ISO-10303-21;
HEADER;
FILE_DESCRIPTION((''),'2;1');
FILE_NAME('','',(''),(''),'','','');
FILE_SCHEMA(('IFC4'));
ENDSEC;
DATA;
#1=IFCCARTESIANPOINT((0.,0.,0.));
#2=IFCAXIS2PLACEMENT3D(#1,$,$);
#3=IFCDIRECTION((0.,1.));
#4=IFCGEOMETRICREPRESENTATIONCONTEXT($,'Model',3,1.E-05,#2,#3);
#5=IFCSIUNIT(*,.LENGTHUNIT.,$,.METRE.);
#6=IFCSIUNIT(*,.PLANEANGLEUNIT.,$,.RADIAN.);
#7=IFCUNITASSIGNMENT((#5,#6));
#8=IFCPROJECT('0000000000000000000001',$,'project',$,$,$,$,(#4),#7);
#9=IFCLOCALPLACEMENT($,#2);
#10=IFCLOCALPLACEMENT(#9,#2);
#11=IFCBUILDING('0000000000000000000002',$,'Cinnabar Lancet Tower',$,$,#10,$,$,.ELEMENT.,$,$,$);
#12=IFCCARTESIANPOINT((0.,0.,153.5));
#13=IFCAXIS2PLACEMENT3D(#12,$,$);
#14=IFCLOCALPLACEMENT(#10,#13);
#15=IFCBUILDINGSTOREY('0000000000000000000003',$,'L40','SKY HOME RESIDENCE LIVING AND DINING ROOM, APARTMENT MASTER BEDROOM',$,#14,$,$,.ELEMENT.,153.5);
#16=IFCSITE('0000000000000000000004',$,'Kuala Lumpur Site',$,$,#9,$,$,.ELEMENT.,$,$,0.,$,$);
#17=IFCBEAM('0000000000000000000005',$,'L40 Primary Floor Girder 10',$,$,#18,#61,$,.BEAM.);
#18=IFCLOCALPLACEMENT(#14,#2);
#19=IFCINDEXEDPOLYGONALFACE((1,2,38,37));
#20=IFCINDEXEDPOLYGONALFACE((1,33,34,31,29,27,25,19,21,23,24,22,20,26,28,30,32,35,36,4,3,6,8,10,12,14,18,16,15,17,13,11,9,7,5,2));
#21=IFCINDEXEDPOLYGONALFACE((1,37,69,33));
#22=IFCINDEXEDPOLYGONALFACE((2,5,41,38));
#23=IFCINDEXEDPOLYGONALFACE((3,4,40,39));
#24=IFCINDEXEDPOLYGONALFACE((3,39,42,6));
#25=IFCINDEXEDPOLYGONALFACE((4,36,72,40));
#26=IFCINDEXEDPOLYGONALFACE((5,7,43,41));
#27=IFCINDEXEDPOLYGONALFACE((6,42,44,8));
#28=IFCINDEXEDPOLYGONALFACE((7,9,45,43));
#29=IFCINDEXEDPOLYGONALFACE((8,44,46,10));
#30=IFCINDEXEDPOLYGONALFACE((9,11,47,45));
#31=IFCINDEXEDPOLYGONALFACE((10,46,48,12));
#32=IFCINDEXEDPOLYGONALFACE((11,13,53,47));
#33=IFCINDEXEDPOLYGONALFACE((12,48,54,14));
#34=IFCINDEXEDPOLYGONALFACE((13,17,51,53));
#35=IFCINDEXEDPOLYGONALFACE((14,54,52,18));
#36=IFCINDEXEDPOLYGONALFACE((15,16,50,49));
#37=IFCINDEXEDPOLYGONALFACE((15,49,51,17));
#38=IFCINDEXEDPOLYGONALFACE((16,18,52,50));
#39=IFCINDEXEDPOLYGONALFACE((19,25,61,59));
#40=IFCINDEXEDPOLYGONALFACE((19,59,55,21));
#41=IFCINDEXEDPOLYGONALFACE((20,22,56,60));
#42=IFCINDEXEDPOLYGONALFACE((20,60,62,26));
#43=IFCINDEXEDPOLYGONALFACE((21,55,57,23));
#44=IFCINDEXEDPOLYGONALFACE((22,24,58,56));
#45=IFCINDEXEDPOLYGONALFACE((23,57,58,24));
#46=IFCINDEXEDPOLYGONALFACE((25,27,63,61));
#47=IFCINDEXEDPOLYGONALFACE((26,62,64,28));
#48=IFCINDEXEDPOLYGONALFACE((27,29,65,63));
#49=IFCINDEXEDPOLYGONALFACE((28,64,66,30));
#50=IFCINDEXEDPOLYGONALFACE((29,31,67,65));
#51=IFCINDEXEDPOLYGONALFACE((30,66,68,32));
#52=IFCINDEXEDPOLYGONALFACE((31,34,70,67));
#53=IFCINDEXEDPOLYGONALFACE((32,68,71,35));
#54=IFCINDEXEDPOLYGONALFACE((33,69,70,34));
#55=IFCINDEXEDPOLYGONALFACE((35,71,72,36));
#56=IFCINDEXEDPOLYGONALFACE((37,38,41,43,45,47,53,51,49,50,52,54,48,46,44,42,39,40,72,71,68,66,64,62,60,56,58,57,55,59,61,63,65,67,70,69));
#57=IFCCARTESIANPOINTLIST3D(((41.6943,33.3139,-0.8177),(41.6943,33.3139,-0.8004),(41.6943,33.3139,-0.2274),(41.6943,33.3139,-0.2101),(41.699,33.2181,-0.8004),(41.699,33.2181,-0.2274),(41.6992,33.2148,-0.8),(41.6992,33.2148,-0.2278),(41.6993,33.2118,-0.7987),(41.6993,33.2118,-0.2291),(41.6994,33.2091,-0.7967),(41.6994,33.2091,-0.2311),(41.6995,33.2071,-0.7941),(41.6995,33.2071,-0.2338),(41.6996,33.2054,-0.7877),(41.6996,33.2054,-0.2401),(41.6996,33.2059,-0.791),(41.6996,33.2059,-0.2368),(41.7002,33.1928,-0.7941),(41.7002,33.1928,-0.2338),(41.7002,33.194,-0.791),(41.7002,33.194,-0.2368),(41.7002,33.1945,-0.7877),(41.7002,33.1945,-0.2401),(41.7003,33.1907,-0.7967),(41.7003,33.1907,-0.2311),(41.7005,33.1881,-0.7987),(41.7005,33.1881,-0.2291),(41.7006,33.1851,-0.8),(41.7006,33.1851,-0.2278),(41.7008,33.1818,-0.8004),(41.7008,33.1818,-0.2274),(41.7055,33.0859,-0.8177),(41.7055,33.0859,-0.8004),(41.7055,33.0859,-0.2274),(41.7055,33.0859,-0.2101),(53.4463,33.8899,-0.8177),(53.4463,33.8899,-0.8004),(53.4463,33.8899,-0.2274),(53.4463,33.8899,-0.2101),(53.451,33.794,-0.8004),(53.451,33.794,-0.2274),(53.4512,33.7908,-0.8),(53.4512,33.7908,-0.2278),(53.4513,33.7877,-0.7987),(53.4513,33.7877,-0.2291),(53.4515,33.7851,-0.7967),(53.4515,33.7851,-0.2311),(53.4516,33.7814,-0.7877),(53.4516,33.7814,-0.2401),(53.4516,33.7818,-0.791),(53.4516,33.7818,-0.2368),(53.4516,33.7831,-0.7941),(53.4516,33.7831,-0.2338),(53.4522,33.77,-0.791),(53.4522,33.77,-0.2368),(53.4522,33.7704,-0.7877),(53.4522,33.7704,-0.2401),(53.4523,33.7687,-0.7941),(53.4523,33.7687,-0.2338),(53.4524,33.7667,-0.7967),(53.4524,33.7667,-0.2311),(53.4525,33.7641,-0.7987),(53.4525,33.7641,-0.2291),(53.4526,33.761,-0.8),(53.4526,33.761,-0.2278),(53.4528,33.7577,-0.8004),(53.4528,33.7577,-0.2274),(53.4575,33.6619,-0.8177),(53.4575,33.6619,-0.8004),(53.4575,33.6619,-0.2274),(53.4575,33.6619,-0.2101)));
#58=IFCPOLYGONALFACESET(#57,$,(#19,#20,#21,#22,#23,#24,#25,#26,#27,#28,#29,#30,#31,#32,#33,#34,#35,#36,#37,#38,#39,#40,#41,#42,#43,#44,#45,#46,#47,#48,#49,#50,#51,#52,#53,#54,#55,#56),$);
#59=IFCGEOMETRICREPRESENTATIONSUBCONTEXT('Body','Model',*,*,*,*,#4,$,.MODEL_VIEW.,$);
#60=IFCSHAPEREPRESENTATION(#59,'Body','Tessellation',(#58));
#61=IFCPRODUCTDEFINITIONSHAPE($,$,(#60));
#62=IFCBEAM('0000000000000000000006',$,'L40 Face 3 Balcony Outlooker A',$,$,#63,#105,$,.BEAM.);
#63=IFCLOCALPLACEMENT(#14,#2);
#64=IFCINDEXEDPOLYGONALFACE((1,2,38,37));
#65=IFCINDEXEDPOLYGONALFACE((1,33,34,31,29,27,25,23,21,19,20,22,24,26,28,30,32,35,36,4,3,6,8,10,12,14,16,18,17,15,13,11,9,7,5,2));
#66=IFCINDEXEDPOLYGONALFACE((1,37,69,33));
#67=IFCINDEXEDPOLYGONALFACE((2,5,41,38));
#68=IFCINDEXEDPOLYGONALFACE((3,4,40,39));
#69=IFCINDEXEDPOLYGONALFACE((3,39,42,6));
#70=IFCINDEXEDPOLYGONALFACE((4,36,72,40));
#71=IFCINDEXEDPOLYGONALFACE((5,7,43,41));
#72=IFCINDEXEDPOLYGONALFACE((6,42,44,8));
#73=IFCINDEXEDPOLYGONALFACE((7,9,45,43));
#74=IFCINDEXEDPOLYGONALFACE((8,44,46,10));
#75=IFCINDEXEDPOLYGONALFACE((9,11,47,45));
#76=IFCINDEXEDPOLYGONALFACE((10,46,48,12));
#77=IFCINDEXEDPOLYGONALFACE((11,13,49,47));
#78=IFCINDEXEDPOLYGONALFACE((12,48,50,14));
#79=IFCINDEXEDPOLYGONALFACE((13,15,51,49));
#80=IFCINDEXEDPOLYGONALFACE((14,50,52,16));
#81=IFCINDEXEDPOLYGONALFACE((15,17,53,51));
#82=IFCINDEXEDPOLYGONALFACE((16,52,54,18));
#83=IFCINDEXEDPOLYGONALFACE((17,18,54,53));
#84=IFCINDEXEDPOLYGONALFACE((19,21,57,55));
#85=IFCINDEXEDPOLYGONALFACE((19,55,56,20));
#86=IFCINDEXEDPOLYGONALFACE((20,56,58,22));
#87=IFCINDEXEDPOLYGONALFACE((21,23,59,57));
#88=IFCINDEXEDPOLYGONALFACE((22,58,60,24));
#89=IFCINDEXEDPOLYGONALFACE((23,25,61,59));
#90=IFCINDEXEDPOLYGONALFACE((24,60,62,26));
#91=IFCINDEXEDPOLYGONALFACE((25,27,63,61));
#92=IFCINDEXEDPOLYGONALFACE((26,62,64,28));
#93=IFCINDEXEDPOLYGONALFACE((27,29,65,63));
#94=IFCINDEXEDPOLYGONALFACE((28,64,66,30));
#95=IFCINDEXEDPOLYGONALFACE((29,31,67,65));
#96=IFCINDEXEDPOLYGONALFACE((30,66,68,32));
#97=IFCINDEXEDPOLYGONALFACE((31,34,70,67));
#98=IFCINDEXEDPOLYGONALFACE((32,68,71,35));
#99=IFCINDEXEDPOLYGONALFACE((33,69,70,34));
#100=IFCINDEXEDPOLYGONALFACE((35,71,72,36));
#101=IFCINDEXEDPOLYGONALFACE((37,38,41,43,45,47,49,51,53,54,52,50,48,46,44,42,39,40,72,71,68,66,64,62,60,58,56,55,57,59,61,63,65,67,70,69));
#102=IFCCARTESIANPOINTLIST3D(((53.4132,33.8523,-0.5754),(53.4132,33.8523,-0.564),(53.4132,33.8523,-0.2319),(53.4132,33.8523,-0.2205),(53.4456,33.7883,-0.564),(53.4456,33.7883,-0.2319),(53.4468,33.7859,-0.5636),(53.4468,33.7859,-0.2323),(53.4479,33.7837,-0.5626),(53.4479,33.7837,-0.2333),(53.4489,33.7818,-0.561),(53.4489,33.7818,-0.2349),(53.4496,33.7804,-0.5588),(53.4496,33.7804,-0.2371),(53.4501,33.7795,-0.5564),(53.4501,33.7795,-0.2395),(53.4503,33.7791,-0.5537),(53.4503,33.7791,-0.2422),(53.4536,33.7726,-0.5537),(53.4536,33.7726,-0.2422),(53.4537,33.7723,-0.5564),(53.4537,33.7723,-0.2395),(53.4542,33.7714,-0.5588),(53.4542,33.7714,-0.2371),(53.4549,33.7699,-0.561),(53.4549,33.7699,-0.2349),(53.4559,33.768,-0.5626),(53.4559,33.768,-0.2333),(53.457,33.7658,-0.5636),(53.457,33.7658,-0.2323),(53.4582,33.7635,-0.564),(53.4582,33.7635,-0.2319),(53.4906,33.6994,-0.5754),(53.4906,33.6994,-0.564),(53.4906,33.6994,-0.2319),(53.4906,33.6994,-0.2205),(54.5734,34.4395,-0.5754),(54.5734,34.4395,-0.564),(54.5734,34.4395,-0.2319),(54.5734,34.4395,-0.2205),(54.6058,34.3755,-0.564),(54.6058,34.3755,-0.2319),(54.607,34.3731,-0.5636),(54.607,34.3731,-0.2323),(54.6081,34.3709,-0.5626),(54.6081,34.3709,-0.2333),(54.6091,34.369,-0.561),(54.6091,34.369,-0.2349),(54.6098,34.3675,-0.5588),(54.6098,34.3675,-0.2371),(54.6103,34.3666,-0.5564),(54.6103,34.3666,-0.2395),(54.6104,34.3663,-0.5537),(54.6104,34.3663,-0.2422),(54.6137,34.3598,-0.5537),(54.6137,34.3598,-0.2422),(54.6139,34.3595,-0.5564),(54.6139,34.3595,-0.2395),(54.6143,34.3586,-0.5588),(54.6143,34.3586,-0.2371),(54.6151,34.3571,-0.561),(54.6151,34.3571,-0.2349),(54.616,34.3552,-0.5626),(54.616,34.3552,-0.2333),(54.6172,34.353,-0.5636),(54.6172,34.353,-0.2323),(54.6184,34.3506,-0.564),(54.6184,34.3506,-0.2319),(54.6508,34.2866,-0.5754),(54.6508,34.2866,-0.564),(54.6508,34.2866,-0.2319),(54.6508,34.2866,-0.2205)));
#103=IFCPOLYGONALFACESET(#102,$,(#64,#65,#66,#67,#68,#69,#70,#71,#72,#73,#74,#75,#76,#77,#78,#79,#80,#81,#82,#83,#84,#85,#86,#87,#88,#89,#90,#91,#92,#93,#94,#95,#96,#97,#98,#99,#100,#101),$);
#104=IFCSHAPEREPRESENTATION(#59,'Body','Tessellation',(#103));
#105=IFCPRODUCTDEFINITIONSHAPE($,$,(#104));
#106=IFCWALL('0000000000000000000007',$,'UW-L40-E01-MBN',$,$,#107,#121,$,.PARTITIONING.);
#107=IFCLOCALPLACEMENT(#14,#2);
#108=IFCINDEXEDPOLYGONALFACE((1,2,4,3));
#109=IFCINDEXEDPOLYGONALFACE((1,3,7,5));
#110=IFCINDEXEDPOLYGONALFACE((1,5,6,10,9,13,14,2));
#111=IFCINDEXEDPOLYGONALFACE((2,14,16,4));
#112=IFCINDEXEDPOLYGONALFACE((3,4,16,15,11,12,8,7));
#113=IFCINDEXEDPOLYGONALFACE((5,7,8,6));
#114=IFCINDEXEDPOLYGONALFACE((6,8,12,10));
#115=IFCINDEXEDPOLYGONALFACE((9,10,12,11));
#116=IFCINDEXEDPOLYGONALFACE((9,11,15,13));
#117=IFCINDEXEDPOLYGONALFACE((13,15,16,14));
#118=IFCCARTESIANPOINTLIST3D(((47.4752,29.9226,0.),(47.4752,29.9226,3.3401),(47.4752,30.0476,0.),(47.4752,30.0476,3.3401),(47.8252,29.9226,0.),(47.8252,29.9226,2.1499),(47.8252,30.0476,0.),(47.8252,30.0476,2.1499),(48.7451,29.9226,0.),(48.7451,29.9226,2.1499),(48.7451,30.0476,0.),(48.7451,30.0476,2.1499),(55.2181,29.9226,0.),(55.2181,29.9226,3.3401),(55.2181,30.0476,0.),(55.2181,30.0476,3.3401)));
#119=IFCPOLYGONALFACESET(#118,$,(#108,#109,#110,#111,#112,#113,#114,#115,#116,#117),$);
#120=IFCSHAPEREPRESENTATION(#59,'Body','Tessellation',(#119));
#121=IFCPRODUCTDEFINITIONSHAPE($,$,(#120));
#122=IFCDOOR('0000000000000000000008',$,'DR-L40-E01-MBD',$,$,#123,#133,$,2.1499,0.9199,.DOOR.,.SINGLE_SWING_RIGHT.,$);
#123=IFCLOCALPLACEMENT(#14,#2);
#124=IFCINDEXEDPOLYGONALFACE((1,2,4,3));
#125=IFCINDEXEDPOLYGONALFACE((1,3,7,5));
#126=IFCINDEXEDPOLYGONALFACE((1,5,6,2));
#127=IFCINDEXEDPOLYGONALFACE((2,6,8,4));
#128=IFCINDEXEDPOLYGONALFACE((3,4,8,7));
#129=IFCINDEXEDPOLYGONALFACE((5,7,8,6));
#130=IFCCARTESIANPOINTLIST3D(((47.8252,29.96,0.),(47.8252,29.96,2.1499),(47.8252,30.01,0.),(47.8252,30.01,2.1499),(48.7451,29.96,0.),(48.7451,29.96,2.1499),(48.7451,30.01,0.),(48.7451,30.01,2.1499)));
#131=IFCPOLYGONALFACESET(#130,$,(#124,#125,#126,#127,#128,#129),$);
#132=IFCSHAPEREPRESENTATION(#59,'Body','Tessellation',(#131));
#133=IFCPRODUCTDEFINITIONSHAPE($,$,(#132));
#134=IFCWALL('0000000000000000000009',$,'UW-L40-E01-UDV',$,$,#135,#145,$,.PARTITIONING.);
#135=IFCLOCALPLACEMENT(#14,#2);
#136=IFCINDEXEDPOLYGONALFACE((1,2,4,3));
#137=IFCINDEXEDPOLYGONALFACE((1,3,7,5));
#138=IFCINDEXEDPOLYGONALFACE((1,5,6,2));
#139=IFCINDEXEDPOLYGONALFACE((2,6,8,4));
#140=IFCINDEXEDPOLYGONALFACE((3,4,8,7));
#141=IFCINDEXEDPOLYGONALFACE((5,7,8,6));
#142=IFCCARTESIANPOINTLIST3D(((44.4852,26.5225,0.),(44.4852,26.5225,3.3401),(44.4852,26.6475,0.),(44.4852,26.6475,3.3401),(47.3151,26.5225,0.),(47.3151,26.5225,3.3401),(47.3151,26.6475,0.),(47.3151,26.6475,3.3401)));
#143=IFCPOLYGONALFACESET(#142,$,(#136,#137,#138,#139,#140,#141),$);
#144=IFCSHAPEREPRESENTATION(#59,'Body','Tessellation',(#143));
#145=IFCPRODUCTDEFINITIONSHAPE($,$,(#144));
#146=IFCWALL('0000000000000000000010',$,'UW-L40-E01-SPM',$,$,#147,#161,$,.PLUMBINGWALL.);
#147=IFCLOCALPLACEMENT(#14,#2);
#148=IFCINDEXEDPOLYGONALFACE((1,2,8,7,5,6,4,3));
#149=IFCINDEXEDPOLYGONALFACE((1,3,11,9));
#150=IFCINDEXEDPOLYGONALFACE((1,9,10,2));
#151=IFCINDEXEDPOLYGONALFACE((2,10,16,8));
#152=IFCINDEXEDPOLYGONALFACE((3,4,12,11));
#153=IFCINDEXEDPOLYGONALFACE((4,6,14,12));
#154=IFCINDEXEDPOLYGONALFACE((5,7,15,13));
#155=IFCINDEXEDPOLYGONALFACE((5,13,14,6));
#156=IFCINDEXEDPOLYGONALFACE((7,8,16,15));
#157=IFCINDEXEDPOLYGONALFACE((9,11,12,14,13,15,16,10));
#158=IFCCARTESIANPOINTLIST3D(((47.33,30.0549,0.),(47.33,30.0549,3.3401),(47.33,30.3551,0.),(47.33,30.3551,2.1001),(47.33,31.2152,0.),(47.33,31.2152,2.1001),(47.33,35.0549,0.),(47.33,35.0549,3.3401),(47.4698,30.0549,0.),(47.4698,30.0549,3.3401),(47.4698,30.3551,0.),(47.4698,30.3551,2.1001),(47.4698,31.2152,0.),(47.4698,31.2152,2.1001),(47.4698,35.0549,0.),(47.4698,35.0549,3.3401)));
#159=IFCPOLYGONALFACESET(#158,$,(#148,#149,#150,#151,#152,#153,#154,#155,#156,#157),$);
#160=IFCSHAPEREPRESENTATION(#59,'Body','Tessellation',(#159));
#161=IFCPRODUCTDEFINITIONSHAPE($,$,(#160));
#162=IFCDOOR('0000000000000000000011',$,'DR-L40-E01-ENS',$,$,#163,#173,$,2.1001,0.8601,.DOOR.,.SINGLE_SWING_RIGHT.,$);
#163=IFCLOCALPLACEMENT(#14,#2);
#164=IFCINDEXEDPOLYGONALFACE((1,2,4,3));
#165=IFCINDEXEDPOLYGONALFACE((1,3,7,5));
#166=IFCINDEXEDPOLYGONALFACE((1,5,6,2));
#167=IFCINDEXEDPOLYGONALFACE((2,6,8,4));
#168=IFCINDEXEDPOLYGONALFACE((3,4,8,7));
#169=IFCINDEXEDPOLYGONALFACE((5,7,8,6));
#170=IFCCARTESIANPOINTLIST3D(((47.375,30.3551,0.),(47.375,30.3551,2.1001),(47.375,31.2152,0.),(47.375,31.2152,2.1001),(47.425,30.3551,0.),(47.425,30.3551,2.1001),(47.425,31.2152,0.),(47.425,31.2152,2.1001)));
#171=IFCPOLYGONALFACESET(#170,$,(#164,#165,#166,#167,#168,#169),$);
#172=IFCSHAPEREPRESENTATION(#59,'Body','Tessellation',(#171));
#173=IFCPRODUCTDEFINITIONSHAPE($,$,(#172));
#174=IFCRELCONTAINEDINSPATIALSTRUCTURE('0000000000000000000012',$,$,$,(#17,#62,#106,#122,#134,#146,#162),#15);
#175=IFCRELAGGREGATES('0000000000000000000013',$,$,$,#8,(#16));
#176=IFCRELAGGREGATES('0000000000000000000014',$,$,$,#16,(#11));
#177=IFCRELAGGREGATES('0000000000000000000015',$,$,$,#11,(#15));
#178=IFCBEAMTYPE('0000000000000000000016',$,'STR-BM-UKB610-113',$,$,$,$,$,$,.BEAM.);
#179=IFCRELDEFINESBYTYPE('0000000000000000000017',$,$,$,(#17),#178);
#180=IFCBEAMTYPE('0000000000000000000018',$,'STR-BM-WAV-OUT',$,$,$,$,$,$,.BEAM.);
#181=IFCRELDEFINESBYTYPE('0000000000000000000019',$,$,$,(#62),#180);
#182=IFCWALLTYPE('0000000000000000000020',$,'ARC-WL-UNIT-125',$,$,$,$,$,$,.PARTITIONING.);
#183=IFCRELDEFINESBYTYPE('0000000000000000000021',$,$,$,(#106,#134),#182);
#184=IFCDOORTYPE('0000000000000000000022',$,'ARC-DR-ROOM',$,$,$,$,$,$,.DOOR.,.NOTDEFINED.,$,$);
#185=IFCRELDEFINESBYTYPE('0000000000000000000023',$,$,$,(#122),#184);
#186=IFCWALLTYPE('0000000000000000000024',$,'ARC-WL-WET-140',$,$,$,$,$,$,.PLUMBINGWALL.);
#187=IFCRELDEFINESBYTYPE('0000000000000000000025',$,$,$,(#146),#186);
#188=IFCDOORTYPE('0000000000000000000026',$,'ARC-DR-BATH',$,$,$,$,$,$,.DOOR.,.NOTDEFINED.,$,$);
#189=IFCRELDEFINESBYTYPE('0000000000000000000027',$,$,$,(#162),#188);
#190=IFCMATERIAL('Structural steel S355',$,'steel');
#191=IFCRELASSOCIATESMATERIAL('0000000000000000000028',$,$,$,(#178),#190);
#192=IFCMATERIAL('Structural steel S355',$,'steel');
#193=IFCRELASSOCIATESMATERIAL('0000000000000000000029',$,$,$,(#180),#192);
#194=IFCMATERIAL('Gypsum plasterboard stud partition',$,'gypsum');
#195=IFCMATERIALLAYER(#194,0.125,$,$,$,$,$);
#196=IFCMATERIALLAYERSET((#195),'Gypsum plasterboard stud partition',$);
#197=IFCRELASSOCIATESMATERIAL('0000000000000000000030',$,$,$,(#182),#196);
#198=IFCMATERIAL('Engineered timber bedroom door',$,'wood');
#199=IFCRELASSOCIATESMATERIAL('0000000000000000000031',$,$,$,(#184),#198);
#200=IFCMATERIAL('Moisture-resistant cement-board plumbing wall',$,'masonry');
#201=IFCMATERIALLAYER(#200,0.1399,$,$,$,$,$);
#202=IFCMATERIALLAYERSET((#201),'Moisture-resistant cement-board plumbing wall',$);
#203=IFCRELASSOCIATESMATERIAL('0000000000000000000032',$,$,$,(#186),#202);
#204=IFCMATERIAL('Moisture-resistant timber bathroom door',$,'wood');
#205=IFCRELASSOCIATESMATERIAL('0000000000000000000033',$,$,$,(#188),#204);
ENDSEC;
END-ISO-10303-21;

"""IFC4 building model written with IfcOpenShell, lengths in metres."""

from ifc_helpers import new_model, si_unit, direction, frame, frame_2d, origin, origin_2d, place, context, subcontext, project, spatial, rectangle, i_section, extrude, material, layer, layer_set, material_profile, profile_set, type_object, element, fill, save


model = new_model("IFC4")

# Units and contexts
model_context = context("Model", 3, precision=1e-05, world=origin(), true_north=direction((0.0, 1.0)))
body_context = subcontext(model_context, "Body", "Model", "MODEL_VIEW")
ifc_project = project(units=[si_unit("LENGTHUNIT", "METRE"), si_unit("PLANEANGLEUNIT", "RADIAN")], contexts=[model_context])

# Site, building, storey
site_placement = place(None, origin())
site = spatial("IfcSite", under=ifc_project, at=site_placement, Name="Kuala Lumpur Site", CompositionType="ELEMENT", RefElevation=0.0)
building_placement = place(site_placement, origin())
building = spatial("IfcBuilding", under=site, at=building_placement, Name="Cinnabar Lancet Tower", CompositionType="ELEMENT")
storey_placement = place(building_placement, frame((0.0, 0.0, 153.5)))
storey = spatial("IfcBuildingStorey", under=building, at=storey_placement, Name="L40", Description="SKY HOME RESIDENCE LIVING AND DINING ROOM, APARTMENT MASTER BEDROOM", CompositionType="ELEMENT", Elevation=153.5)

# Beams
ifc_material_1 = material(Name="Structural steel S355", Category="steel")
ifc_material_profile_1 = material_profile(ifc_material_1, i_section(OverallWidth=0.2283, OverallDepth=0.6077, WebThickness=0.011, FlangeThickness=0.0173, FilletRadius=0.0127, at=origin_2d()), Name="UKB 610x229x113")
ifc_profile_set_1 = profile_set([ifc_material_profile_1], Name="Structural steel S355")
beam_type_1 = type_object("IfcBeamType", Name="STR-BM-UKB610-113", PredefinedType="BEAM", material=ifc_profile_set_1)
beam_1_placement = place(storey_placement, frame((53.4519, 33.7759, -0.5139), z_axis=(-0.998801, -0.048948, 0.0), x_axis=(0.048948, -0.998801, 0.0)))
element("IfcBeam", 1, at=beam_1_placement, inside=storey, type_object=beam_type_1, Name="L40 Primary Floor Girder 10", PredefinedType="BEAM", context=body_context, shape_type="SweptSolid", body=[
    extrude(i_section(OverallWidth=0.2283, OverallDepth=0.6077, WebThickness=0.011, FlangeThickness=0.0173, FilletRadius=0.0127, at=origin_2d()), origin(), (0.0, 0.0, 1.0), 11.7661),
])
ifc_material_2 = material(Name="Structural steel S355", Category="steel")
ifc_material_profile_2 = material_profile(ifc_material_2, i_section(OverallWidth=0.1714, OverallDepth=0.355, WebThickness=0.0073, FlangeThickness=0.0115, FilletRadius=0.0103, at=origin_2d()), Name="UKB 356x171x51")
ifc_profile_set_2 = profile_set([ifc_material_profile_2], Name="Structural steel S355")
beam_type_2 = type_object("IfcBeamType", Name="STR-BM-WAV-OUT", PredefinedType="BEAM", material=ifc_profile_set_2)
beam_2_placement = place(storey_placement, frame((53.4519, 33.7759, -0.3979), z_axis=(0.892239, 0.451564, 0.0), x_axis=(-0.451564, 0.892239, 0.0)))
element("IfcBeam", 2, at=beam_2_placement, inside=storey, type_object=beam_type_2, Name="L40 Face 3 Balcony Outlooker A", PredefinedType="BEAM", context=body_context, shape_type="SweptSolid", body=[
    extrude(i_section(OverallWidth=0.1714, OverallDepth=0.355, WebThickness=0.0073, FlangeThickness=0.0115, FilletRadius=0.0103, at=origin_2d()), origin(), (0.0, 0.0, 1.0), 1.3003),
])

# Wall, opening, door
ifc_material_3 = material(Name="Gypsum plasterboard stud partition", Category="gypsum")
ifc_layer_1 = layer(ifc_material_3, 0.125)
ifc_layer_set_1 = layer_set([ifc_layer_1], Name="Gypsum plasterboard stud partition")
wall_type_1 = type_object("IfcWallType", Name="ARC-WL-UNIT-125", PredefinedType="PARTITIONING", material=ifc_layer_set_1)
wall_1_placement = place(storey_placement, frame((47.4751, 29.9851, 0.0), z_axis=(0.0, 0.0, 1.0), x_axis=(1.0, 0.0, 0.0)))
wall_1 = element("IfcWall", 3, at=wall_1_placement, inside=storey, type_object=wall_type_1, Name="UW-L40-E01-MBN", PredefinedType="PARTITIONING", context=body_context, shape_type="SweptSolid", body=[
    extrude(rectangle(XDim=7.7429, YDim=0.125, at=frame_2d((3.8716, 0.0))), origin(), (0.0, 0.0, 1.0), 3.3401),
])
opening_1_placement = place(wall_1_placement, frame((0.3501, 0.0, 0.0)))
opening_1 = element("IfcOpeningElement", 4, at=opening_1_placement, cuts=wall_1, PredefinedType="OPENING", context=body_context, shape_type="SweptSolid", body=[
    extrude(rectangle(XDim=0.9199, YDim=2.1499, at=frame_2d((0.46, 1.075))), frame((0.0, 0.0725, 0.0), z_axis=(0.0, -1.0, 0.0), x_axis=(1.0, 0.0, 0.0)), (0.0, 0.0, 1.0), 0.145),
])
ifc_material_4 = material(Name="Engineered timber bedroom door", Category="wood")
door_type_1 = type_object("IfcDoorType", Name="ARC-DR-ROOM", OperationType="NOTDEFINED", PredefinedType="DOOR", material=ifc_material_4)
door_1_placement = place(opening_1_placement, origin())
door_1 = element("IfcDoor", 5, at=door_1_placement, inside=storey, type_object=door_type_1, Name="DR-L40-E01-MBD", OperationType="SINGLE_SWING_RIGHT", OverallHeight=2.1499, OverallWidth=0.9199, PredefinedType="DOOR", context=body_context, shape_type="SweptSolid", body=[
    extrude(rectangle(XDim=0.9199, YDim=2.1499, at=frame_2d((0.46, 1.075))), frame((0.0, 0.0249, 0.0), z_axis=(0.0, -1.0, 0.0), x_axis=(1.0, 0.0, 0.0)), (0.0, 0.0, 1.0), 0.05),
])
fill(opening_1, door_1)

# Wall
wall_2_placement = place(storey_placement, frame((44.4851, 26.585, 0.0), z_axis=(0.0, 0.0, 1.0), x_axis=(1.0, 0.0, 0.0)))
element("IfcWall", 6, at=wall_2_placement, inside=storey, type_object=wall_type_1, Name="UW-L40-E01-UDV", PredefinedType="PARTITIONING", context=body_context, shape_type="SweptSolid", body=[
    extrude(rectangle(XDim=2.8298, YDim=0.125, at=frame_2d((1.415, 0.0))), origin(), (0.0, 0.0, 1.0), 3.3401),
])

# Wall, opening, door
ifc_material_5 = material(Name="Moisture-resistant cement-board plumbing wall", Category="masonry")
ifc_layer_2 = layer(ifc_material_5, 0.1399)
ifc_layer_set_2 = layer_set([ifc_layer_2], Name="Moisture-resistant cement-board plumbing wall")
wall_type_2 = type_object("IfcWallType", Name="ARC-WL-WET-140", PredefinedType="PLUMBINGWALL", material=ifc_layer_set_2)
wall_3_placement = place(storey_placement, frame((47.3999, 30.0549, 0.0), z_axis=(0.0, 0.0, 1.0), x_axis=(0.0, 1.0, 0.0)))
wall_3 = element("IfcWall", 7, at=wall_3_placement, inside=storey, type_object=wall_type_2, Name="UW-L40-E01-SPM", PredefinedType="PLUMBINGWALL", context=body_context, shape_type="SweptSolid", body=[
    extrude(rectangle(XDim=5.0, YDim=0.1399, at=frame_2d((2.5, 0.0))), origin(), (0.0, 0.0, 1.0), 3.3401),
])
opening_2_placement = place(wall_3_placement, frame((0.3, 0.0, 0.0)))
opening_2 = element("IfcOpeningElement", 8, at=opening_2_placement, cuts=wall_3, PredefinedType="OPENING", context=body_context, shape_type="SweptSolid", body=[
    extrude(rectangle(XDim=0.8601, YDim=2.1001, at=frame_2d((0.4302, 1.05))), frame((0.0, 0.0798, 0.0), z_axis=(0.0, -1.0, 0.0), x_axis=(1.0, 0.0, 0.0)), (0.0, 0.0, 1.0), 0.1599),
])
ifc_material_6 = material(Name="Moisture-resistant timber bathroom door", Category="wood")
door_type_2 = type_object("IfcDoorType", Name="ARC-DR-BATH", OperationType="NOTDEFINED", PredefinedType="DOOR", material=ifc_material_6)
door_2_placement = place(opening_2_placement, origin())
door_2 = element("IfcDoor", 9, at=door_2_placement, inside=storey, type_object=door_type_2, Name="DR-L40-E01-ENS", OperationType="SINGLE_SWING_RIGHT", OverallHeight=2.1001, OverallWidth=0.8601, PredefinedType="DOOR", context=body_context, shape_type="SweptSolid", body=[
    extrude(rectangle(XDim=0.8601, YDim=2.1001, at=frame_2d((0.4302, 1.05))), frame((0.0, 0.0249, 0.0), z_axis=(0.0, -1.0, 0.0), x_axis=(1.0, 0.0, 0.0)), (0.0, 0.0, 1.0), 0.05),
])
fill(opening_2, door_2)

save(model, "model.ifc")
